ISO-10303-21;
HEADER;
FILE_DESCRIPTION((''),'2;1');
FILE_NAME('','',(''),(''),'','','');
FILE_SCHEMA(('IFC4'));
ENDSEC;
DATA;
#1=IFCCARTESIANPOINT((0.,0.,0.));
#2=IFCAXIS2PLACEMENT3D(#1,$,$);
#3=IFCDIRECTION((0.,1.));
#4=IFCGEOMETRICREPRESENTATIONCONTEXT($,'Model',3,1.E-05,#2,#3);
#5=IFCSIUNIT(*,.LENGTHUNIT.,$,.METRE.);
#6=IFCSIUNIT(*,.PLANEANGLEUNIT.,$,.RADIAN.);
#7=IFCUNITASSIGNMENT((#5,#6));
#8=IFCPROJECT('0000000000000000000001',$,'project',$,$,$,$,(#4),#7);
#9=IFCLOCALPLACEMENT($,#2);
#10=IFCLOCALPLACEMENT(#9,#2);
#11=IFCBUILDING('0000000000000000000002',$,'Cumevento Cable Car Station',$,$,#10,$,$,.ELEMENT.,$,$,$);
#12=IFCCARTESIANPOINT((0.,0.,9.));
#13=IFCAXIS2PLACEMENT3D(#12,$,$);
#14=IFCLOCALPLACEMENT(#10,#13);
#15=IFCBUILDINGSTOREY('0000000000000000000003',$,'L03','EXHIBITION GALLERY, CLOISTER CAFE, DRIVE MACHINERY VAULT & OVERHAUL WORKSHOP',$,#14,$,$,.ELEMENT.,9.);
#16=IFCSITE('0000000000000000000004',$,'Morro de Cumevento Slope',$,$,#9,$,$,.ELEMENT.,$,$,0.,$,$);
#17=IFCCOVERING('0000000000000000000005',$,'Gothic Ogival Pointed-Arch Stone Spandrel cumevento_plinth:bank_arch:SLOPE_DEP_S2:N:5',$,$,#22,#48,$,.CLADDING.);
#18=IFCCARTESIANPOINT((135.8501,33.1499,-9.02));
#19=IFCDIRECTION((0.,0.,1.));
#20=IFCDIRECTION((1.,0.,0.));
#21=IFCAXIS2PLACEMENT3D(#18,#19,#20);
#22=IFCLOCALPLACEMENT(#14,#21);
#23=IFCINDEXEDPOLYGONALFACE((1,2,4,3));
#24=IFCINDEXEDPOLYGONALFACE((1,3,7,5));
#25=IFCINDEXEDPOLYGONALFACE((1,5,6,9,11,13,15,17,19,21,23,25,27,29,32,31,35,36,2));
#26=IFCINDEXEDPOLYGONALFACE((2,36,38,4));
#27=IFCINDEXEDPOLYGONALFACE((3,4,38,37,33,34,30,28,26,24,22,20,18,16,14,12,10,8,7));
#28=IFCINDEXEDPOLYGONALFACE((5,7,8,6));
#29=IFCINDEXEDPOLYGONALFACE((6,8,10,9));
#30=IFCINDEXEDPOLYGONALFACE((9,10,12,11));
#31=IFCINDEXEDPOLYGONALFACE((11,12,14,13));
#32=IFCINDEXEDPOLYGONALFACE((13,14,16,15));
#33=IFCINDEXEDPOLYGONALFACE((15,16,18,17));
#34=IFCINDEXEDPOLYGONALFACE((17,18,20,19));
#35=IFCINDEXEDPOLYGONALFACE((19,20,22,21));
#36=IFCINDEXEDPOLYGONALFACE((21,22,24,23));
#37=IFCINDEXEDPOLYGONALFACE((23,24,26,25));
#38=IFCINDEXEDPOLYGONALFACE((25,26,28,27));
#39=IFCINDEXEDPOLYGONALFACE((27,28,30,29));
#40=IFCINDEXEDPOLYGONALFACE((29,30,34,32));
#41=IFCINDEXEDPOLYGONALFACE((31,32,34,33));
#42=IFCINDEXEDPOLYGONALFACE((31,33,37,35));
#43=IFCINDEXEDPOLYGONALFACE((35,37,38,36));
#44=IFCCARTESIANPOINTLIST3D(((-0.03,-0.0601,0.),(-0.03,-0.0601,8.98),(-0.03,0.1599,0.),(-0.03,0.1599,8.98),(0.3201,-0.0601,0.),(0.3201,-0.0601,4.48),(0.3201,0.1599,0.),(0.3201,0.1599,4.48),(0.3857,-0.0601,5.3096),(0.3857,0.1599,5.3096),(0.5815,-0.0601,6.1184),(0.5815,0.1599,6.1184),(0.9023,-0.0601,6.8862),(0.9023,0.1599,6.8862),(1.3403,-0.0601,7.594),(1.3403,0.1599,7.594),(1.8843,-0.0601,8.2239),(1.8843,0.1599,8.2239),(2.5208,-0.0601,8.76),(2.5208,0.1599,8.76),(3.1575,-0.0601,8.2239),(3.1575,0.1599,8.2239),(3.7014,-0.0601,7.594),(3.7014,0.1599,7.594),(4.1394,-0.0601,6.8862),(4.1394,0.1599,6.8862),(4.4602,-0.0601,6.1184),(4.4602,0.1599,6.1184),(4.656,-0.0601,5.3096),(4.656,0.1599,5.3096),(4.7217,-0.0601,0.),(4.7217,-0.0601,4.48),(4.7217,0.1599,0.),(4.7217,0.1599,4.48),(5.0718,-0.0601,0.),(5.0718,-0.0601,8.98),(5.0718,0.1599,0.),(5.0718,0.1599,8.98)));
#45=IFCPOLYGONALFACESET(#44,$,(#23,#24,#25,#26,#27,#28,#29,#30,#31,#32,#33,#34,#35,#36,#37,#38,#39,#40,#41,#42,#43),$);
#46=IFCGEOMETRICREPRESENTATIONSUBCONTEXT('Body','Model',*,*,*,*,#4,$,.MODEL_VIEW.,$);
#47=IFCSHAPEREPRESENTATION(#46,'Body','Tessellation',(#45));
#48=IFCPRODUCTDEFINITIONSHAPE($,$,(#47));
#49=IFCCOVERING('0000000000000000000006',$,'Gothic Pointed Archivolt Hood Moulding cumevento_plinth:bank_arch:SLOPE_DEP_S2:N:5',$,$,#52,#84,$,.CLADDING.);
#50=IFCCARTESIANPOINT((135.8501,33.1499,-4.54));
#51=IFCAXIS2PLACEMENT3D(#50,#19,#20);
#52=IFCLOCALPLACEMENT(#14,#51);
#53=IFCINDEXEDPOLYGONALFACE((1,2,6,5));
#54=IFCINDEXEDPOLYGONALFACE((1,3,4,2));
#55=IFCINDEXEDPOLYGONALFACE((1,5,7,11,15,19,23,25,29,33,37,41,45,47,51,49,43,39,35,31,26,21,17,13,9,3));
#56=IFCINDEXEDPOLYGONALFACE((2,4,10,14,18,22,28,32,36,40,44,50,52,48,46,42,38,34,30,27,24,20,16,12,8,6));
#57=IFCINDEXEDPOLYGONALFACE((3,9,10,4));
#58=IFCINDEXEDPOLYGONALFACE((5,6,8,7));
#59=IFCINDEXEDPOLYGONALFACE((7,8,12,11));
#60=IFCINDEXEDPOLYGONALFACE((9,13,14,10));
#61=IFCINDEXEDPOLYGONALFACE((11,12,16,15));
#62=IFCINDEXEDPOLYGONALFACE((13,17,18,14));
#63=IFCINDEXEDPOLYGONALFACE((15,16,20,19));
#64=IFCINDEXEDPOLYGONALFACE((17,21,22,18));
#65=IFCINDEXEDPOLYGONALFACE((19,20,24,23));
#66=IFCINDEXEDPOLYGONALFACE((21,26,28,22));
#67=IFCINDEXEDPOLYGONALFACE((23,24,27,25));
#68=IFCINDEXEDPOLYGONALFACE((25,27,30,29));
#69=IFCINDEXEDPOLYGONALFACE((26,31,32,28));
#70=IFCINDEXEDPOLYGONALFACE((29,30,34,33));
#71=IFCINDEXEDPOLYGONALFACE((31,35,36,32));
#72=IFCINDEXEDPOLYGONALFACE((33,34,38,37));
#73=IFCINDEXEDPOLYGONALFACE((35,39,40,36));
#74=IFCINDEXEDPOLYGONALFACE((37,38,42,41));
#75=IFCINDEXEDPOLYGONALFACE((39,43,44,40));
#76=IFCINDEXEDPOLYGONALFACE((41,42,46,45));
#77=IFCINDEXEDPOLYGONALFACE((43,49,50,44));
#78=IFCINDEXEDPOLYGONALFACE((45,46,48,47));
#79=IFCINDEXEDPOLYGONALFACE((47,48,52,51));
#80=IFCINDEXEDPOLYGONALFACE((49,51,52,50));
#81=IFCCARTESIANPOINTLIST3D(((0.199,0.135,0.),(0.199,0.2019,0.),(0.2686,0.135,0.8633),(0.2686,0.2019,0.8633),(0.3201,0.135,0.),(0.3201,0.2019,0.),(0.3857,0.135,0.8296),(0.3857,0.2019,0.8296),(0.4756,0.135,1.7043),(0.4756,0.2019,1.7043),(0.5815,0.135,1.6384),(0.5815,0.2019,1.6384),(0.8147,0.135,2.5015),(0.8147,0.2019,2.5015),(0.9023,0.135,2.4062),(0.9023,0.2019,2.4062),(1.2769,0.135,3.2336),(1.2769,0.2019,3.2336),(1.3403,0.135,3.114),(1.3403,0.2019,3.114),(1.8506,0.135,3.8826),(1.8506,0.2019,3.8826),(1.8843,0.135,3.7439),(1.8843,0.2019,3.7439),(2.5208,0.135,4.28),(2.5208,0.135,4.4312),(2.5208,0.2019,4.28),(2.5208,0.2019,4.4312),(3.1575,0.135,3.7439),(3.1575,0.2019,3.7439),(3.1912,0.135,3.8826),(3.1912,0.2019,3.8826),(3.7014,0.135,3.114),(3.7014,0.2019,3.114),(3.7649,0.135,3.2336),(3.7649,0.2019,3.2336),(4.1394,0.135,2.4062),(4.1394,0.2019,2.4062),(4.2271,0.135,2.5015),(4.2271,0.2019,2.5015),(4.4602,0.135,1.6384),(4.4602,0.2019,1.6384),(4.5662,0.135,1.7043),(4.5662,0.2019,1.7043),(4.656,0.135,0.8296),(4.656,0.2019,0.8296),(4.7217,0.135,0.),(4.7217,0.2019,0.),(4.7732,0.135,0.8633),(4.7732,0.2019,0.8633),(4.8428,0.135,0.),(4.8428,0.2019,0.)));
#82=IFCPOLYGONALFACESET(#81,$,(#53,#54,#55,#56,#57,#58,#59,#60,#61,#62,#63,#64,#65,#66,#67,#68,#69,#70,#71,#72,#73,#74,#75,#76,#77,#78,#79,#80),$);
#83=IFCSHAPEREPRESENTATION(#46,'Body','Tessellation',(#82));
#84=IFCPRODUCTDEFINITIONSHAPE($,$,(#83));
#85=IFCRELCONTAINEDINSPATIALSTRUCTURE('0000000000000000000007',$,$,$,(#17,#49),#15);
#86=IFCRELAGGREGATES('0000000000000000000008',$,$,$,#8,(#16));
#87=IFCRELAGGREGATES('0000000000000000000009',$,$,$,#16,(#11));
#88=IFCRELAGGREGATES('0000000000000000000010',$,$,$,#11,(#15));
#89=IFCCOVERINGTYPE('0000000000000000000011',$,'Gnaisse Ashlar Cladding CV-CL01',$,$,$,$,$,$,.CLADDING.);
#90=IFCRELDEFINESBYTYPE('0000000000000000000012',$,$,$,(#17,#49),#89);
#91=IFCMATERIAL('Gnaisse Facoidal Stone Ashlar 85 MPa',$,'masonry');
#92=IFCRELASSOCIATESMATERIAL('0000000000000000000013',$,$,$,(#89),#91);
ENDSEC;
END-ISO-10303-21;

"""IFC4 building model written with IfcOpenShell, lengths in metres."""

from ifc_helpers import new_model, si_unit, direction, frame, origin, place, context, subcontext, project, spatial, polyline, outline, extrude, material, type_object, element, save


model = new_model("IFC4")

# Units and contexts
model_context = context("Model", 3, precision=1e-05, world=origin(), true_north=direction((0.0, 1.0)))
body_context = subcontext(model_context, "Body", "Model", "MODEL_VIEW")
ifc_project = project(units=[si_unit("LENGTHUNIT", "METRE"), si_unit("PLANEANGLEUNIT", "RADIAN")], contexts=[model_context])

# Site, building, storey
site_placement = place(None, origin())
site = spatial("IfcSite", under=ifc_project, at=site_placement, Name="Morro de Cumevento Slope", CompositionType="ELEMENT", RefElevation=0.0)
building_placement = place(site_placement, origin())
building = spatial("IfcBuilding", under=site, at=building_placement, Name="Cumevento Cable Car Station", CompositionType="ELEMENT")
storey_placement = place(building_placement, frame((0.0, 0.0, 9.0)))
storey = spatial("IfcBuildingStorey", under=building, at=storey_placement, Name="L03", Description="EXHIBITION GALLERY, CLOISTER CAFE, DRIVE MACHINERY VAULT & OVERHAUL WORKSHOP", CompositionType="ELEMENT", Elevation=9.0)

# Coverings
ifc_material_1 = material(Name="Gnaisse Facoidal Stone Ashlar 85 MPa", Category="masonry")
covering_type = type_object("IfcCoveringType", Name="Gnaisse Ashlar Cladding CV-CL01", PredefinedType="CLADDING", material=ifc_material_1)
covering_1_placement = place(storey_placement, frame((135.8501, 33.1499, -9.02), z_axis=(0.0, 0.0, 1.0), x_axis=(1.0, 0.0, 0.0)))
element("IfcCovering", 1, at=covering_1_placement, inside=storey, type_object=covering_type, Name="Gothic Ogival Pointed-Arch Stone Spandrel cumevento_plinth:bank_arch:SLOPE_DEP_S2:N:5", PredefinedType="CLADDING", context=body_context, shape_type="SweptSolid", body=[
    extrude(outline(polyline([(-0.03, 0.0), (-0.03, 8.98), (5.0718, 8.98), (5.0718, 0.0), (4.7217, 0.0), (4.7217, 4.48), (4.656, 5.3096), (4.4602, 6.1184), (4.1394, 6.8862), (3.7014, 7.594), (3.1575, 8.2239), (2.5208, 8.76), (1.8843, 8.2239), (1.3403, 7.594), (0.9023, 6.8862), (0.5815, 6.1184), (0.3857, 5.3096), (0.3201, 4.48), (0.3201, 0.0), (-0.03, 0.0)])), frame((0.0, 0.1599, 0.0), z_axis=(0.0, -1.0, 0.0), x_axis=(1.0, 0.0, 0.0)), (0.0, 0.0, 1.0), 0.22),
])
covering_2_placement = place(storey_placement, frame((135.8501, 33.1499, -4.54), z_axis=(0.0, 0.0, 1.0), x_axis=(1.0, 0.0, 0.0)))
element("IfcCovering", 2, at=covering_2_placement, inside=storey, type_object=covering_type, Name="Gothic Pointed Archivolt Hood Moulding cumevento_plinth:bank_arch:SLOPE_DEP_S2:N:5", PredefinedType="CLADDING", context=body_context, shape_type="SweptSolid", body=[
    extrude(outline(polyline([(0.3201, 0.0), (0.3857, 0.8296), (0.5815, 1.6384), (0.9023, 2.4062), (1.3403, 3.114), (1.8843, 3.7439), (2.5208, 4.28), (3.1575, 3.7439), (3.7014, 3.114), (4.1394, 2.4062), (4.4602, 1.6384), (4.656, 0.8296), (4.7217, 0.0), (4.8428, 0.0), (4.7732, 0.8633), (4.5662, 1.7043), (4.2271, 2.5015), (3.7649, 3.2336), (3.1912, 3.8826), (2.5208, 4.4312), (1.8506, 3.8826), (1.2769, 3.2336), (0.8147, 2.5015), (0.4756, 1.7043), (0.2686, 0.8633), (0.199, 0.0), (0.3201, 0.0)])), frame((0.0, 0.2019, 0.0), z_axis=(0.0, -1.0, 0.0), x_axis=(1.0, 0.0, 0.0)), (0.0, 0.0, 1.0), 0.0669),
])

save(model, "model.ifc")
